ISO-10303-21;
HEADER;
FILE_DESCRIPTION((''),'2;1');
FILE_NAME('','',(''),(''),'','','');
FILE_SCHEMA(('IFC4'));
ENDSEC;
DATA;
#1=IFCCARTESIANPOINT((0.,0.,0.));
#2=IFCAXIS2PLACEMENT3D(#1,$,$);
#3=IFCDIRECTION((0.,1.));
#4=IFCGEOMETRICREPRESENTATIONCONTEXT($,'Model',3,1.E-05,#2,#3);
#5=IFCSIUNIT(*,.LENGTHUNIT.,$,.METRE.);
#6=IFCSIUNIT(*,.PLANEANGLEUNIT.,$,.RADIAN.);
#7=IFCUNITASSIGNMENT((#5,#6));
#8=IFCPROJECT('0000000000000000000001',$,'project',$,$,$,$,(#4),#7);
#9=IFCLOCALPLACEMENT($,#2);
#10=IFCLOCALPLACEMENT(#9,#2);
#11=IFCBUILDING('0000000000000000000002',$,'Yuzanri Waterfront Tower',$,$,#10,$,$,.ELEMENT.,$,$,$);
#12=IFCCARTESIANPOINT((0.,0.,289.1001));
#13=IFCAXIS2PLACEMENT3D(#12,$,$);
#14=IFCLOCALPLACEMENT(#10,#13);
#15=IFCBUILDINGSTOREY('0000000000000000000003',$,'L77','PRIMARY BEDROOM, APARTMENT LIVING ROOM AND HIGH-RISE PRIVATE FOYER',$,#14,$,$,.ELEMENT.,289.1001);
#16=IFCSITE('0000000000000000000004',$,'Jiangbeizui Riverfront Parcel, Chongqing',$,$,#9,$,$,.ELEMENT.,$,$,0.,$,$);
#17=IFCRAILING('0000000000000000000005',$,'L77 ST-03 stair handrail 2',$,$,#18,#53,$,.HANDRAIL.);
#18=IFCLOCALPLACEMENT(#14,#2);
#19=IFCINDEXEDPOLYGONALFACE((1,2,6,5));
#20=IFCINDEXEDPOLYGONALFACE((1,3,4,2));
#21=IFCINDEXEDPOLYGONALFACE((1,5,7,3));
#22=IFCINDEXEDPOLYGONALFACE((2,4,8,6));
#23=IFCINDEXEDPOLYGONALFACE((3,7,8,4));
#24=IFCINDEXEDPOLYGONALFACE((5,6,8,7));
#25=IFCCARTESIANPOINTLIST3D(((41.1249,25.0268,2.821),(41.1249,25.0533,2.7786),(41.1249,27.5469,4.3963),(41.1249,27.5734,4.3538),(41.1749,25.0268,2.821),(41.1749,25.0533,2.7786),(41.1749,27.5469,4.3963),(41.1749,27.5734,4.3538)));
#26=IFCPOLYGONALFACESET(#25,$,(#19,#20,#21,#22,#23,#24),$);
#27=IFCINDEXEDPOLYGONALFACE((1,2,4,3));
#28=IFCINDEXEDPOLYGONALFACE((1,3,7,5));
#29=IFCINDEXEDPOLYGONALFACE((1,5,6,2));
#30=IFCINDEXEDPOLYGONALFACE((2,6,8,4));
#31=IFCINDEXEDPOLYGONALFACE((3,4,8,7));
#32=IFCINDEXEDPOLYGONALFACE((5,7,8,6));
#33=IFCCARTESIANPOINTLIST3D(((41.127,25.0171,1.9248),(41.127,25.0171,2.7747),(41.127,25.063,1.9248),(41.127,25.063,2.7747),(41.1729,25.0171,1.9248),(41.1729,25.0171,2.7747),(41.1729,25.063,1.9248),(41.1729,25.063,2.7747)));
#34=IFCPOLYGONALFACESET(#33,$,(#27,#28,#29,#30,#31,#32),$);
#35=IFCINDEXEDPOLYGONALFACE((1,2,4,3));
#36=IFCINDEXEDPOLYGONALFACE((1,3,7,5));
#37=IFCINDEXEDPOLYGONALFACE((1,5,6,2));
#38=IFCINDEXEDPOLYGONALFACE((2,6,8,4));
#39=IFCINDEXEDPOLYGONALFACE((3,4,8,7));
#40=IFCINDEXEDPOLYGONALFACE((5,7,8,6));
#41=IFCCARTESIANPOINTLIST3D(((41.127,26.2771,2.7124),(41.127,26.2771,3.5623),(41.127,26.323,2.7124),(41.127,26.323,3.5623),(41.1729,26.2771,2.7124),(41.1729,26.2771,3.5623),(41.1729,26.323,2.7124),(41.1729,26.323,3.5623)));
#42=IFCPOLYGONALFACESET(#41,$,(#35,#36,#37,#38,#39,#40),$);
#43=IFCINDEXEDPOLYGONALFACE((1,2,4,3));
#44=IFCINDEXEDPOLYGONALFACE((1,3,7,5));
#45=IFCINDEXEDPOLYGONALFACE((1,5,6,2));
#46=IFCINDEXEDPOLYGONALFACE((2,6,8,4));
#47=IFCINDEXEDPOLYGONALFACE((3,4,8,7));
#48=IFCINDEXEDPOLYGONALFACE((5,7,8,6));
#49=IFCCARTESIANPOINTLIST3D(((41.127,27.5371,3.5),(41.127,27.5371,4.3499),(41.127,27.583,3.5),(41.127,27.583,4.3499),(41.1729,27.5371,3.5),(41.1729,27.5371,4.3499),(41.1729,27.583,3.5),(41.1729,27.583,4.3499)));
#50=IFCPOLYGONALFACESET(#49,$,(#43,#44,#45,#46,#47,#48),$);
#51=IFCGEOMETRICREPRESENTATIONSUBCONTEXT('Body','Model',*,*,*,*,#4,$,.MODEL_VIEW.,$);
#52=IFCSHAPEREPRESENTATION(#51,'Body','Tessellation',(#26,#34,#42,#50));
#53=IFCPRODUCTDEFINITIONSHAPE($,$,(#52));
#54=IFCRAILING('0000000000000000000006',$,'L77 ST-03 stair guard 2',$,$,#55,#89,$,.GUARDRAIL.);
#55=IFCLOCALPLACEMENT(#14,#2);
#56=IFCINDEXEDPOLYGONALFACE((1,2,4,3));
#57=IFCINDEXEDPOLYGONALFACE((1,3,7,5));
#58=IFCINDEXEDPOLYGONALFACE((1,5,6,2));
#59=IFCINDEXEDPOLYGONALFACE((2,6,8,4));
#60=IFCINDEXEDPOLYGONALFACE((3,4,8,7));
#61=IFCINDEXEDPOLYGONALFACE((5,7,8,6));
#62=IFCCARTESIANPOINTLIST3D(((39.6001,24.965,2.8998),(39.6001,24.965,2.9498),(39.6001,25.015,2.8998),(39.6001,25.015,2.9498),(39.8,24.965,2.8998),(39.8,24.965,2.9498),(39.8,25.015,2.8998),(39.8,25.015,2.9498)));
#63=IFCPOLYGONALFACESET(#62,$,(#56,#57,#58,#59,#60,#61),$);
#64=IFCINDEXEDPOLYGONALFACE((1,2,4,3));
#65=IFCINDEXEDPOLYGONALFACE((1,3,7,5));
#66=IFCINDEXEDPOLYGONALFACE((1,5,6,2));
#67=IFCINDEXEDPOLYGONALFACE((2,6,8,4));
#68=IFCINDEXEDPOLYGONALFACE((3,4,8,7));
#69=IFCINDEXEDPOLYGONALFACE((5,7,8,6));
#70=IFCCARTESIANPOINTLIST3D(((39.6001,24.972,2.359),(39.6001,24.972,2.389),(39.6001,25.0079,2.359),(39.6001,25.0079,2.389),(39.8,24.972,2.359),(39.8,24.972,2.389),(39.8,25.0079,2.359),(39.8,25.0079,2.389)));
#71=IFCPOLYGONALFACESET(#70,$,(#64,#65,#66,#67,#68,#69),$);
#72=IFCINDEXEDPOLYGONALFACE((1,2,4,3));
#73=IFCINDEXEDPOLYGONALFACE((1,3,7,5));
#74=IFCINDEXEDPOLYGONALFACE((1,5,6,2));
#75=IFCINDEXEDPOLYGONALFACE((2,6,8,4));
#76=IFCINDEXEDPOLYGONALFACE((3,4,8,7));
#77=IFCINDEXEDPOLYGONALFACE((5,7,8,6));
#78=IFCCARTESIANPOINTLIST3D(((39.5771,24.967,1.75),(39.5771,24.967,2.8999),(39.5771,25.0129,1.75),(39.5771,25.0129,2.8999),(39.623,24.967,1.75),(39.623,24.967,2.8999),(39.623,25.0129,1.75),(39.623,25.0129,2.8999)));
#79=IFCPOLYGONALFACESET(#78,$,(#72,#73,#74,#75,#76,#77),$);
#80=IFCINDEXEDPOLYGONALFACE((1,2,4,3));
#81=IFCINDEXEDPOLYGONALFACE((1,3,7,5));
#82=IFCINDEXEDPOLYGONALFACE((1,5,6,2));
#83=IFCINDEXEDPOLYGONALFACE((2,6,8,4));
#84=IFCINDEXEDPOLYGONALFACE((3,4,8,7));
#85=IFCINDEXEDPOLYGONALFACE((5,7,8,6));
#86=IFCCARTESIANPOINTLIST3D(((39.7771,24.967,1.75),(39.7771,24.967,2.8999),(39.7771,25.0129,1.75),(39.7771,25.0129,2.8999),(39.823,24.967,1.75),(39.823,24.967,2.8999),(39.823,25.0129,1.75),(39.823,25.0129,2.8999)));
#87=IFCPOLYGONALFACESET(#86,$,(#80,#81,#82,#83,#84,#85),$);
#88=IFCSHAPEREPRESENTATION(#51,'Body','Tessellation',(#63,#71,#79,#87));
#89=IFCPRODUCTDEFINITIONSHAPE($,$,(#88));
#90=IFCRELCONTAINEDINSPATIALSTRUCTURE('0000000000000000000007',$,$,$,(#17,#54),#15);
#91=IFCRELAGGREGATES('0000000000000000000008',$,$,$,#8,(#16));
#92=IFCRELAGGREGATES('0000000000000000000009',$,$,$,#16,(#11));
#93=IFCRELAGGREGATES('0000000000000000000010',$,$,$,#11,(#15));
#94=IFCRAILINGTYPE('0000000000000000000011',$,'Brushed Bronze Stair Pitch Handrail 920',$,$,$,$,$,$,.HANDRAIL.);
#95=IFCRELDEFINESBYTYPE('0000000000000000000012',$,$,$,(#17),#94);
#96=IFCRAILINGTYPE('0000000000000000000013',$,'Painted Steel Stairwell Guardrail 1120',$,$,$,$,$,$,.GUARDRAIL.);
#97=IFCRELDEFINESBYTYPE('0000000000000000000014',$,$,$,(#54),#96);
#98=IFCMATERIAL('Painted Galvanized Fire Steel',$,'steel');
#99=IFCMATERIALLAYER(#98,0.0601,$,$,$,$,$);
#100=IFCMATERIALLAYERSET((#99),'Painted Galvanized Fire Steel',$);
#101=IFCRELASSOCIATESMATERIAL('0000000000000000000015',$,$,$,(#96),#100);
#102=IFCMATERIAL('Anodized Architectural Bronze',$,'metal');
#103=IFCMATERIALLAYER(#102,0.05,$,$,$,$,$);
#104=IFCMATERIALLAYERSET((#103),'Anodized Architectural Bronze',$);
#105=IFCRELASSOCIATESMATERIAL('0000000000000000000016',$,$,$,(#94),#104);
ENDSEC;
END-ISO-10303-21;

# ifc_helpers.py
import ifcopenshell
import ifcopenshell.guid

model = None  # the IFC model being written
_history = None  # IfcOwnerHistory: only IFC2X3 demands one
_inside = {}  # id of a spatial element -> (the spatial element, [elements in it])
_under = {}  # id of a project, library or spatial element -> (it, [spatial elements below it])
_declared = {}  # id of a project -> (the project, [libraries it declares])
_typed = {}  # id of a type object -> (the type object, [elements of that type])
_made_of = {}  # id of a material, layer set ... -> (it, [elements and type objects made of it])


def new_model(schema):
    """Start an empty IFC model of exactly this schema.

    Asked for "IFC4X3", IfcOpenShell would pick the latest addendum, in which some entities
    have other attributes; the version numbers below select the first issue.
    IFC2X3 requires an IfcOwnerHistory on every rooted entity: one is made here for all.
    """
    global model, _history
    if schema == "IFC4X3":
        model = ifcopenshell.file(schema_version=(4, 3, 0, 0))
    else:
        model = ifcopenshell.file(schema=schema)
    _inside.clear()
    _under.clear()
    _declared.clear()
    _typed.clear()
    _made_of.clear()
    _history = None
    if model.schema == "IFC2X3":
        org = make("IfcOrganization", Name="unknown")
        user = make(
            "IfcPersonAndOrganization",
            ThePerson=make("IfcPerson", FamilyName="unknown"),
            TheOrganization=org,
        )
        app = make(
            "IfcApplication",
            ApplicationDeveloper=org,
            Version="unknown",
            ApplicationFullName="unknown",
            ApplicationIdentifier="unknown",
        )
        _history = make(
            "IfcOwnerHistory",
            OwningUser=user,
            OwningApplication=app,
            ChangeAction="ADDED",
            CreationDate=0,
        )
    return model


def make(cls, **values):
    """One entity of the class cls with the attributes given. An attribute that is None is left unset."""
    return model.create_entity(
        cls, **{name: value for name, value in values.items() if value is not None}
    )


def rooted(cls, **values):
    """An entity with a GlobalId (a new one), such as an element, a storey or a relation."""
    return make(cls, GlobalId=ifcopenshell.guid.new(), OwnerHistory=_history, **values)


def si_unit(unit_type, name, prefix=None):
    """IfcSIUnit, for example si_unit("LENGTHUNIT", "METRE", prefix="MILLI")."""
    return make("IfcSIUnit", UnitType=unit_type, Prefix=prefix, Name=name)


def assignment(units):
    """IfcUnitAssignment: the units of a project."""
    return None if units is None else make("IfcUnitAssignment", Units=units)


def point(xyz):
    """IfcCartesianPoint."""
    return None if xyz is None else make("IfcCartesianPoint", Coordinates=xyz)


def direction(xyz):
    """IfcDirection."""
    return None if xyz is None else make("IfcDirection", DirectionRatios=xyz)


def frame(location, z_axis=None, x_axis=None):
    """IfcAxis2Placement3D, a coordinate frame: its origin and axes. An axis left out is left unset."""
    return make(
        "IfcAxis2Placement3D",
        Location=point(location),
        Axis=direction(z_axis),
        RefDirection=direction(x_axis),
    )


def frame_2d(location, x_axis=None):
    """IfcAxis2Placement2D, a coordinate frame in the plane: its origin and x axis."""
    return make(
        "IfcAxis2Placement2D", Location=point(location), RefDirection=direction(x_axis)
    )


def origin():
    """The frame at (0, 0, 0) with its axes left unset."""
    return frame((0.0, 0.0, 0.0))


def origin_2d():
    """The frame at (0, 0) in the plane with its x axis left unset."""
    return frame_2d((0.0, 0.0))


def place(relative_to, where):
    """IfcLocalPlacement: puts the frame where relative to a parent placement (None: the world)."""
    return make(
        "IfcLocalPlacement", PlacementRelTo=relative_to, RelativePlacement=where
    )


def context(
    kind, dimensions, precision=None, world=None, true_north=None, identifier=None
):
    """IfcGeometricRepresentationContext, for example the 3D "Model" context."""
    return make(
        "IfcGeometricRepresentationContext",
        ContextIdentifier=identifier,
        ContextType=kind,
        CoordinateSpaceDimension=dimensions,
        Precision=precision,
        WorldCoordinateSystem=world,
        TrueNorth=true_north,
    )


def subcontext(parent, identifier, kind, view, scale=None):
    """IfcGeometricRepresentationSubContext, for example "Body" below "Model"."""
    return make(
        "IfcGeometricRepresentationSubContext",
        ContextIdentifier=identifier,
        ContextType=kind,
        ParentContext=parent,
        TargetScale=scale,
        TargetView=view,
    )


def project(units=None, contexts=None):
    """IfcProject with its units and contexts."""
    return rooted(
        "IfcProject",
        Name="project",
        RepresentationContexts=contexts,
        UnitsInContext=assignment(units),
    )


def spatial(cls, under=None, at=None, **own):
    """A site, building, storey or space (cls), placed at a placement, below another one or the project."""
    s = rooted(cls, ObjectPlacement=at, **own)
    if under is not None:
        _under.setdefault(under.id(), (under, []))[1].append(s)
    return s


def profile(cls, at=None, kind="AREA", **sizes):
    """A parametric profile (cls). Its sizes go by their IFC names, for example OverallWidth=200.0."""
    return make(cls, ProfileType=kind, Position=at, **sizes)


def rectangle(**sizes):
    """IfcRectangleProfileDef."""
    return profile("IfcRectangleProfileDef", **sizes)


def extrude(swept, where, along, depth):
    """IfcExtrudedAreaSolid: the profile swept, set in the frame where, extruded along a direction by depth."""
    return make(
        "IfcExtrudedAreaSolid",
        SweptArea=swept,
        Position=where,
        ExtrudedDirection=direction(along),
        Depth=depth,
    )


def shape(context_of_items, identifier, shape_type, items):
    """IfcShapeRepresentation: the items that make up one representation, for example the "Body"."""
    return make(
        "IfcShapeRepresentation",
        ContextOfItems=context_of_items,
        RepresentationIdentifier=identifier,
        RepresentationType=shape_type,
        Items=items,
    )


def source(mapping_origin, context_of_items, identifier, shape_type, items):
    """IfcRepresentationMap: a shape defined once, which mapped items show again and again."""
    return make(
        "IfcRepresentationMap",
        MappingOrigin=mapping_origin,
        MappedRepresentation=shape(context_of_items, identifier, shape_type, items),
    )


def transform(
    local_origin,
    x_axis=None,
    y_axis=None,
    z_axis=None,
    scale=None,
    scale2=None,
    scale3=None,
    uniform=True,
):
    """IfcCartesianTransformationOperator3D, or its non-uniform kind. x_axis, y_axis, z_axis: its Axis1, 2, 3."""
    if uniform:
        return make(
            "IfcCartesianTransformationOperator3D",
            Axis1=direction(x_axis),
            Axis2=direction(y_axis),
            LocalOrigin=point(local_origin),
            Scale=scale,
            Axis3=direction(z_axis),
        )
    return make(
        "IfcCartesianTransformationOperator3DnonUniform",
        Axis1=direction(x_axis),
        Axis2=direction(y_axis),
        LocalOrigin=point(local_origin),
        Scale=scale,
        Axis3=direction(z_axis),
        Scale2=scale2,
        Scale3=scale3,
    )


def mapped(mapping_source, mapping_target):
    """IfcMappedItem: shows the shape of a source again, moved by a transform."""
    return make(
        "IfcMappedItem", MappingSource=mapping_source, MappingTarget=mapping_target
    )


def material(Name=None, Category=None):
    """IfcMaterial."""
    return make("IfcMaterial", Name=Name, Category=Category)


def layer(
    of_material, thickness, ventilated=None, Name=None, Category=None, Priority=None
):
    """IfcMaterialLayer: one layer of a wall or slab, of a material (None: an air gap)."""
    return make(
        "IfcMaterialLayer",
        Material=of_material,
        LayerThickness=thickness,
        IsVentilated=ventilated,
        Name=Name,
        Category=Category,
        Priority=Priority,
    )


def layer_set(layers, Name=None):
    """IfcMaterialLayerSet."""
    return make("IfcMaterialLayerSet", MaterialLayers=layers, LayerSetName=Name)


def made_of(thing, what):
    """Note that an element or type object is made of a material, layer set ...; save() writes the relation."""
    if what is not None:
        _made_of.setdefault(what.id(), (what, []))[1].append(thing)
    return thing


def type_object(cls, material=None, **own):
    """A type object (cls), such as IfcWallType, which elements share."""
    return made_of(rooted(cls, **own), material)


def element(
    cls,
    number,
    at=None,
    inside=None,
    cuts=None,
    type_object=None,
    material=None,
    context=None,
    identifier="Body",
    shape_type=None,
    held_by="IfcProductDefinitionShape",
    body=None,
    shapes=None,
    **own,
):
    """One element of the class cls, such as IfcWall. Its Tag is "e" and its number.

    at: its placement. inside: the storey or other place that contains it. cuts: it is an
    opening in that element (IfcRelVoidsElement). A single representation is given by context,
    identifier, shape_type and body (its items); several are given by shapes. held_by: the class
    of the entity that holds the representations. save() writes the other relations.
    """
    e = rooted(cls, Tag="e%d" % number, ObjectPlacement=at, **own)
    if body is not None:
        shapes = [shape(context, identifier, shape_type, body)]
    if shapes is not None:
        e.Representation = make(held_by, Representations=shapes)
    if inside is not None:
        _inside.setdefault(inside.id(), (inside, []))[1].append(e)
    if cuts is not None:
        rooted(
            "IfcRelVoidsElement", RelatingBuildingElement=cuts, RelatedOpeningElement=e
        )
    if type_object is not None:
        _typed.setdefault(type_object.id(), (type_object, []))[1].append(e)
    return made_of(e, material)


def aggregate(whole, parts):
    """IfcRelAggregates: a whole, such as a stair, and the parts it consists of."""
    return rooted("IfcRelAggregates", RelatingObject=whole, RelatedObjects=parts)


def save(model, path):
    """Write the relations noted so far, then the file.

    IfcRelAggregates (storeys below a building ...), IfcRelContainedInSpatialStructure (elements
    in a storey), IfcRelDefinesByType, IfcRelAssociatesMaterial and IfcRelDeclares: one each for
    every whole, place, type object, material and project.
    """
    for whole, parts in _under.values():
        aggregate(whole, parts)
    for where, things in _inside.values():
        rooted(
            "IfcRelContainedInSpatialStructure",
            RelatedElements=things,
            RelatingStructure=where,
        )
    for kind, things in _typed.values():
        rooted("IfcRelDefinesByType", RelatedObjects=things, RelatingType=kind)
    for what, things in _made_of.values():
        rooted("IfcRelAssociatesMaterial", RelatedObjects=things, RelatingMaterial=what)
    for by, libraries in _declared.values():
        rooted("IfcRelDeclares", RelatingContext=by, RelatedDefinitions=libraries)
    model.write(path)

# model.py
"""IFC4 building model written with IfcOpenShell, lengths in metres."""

from ifc_helpers import new_model, si_unit, direction, frame, origin, origin_2d, place, context, subcontext, project, spatial, rectangle, extrude, source, transform, mapped, material, layer, layer_set, type_object, element, save


model = new_model("IFC4")

# Units and contexts
model_context = context("Model", 3, precision=1e-05, world=origin(), true_north=direction((0.0, 1.0)))
body_context = subcontext(model_context, "Body", "Model", "MODEL_VIEW")
ifc_project = project(units=[si_unit("LENGTHUNIT", "METRE"), si_unit("PLANEANGLEUNIT", "RADIAN")], contexts=[model_context])

# Site, building, storey
site_placement = place(None, origin())
site = spatial("IfcSite", under=ifc_project, at=site_placement, Name="Jiangbeizui Riverfront Parcel, Chongqing", CompositionType="ELEMENT", RefElevation=0.0)
building_placement = place(site_placement, origin())
building = spatial("IfcBuilding", under=site, at=building_placement, Name="Yuzanri Waterfront Tower", CompositionType="ELEMENT")
storey_placement = place(building_placement, frame((0.0, 0.0, 289.1001)))
storey = spatial("IfcBuildingStorey", under=building, at=storey_placement, Name="L77", Description="PRIMARY BEDROOM, APARTMENT LIVING ROOM AND HIGH-RISE PRIVATE FOYER", CompositionType="ELEMENT", Elevation=289.1001)

# Railings
ifc_material_1 = material(Name="Painted Galvanized Fire Steel", Category="steel")
ifc_layer_1 = layer(ifc_material_1, 0.0601)
ifc_layer_set_1 = layer_set([ifc_layer_1], Name="Painted Galvanized Fire Steel")
railing_type_1 = type_object("IfcRailingType", Name="Painted Steel Stairwell Guardrail 1120", PredefinedType="GUARDRAIL", material=ifc_layer_set_1)
ifc_material_2 = material(Name="Anodized Architectural Bronze", Category="metal")
ifc_layer_2 = layer(ifc_material_2, 0.05)
ifc_layer_set_2 = layer_set([ifc_layer_2], Name="Anodized Architectural Bronze")
railing_type_2 = type_object("IfcRailingType", Name="Brushed Bronze Stair Pitch Handrail 920", PredefinedType="HANDRAIL", material=ifc_layer_set_2)
shared_shape_1 = source(origin(), body_context, "Body", "SweptSolid", [
    extrude(rectangle(XDim=0.05, YDim=0.05, at=origin_2d()), frame((0.0, 0.0, 0.875), z_axis=(0.0, 0.847971, 0.530043), x_axis=(-1.0, 0.0, 0.0)), (0.0, 0.0, 1.0), 2.9719),
    extrude(rectangle(XDim=0.0459, YDim=0.0459, at=origin_2d()), origin(), (0.0, 0.0, 1.0), 0.8499),
    extrude(rectangle(XDim=0.0459, YDim=0.0459, at=origin_2d()), frame((0.0, 1.26, 0.7876)), (0.0, 0.0, 1.0), 0.8499),
    extrude(rectangle(XDim=0.0459, YDim=0.0459, at=origin_2d()), frame((0.0, 2.52, 1.5752)), (0.0, 0.0, 1.0), 0.8499),
])
railing_1_placement = place(storey_placement, frame((41.1499, 25.04, 1.9248)))
element("IfcRailing", 1, at=railing_1_placement, inside=storey, type_object=railing_type_2, Name="L77 ST-03 stair handrail 2", PredefinedType="HANDRAIL", context=body_context, shape_type="MappedRepresentation", body=[
    mapped(shared_shape_1, transform((0.0, 0.0, 0.0), scale=1.0)),
])
shared_shape_2 = source(origin(), body_context, "Body", "SweptSolid", [
    extrude(rectangle(XDim=0.05, YDim=0.05, at=origin_2d()), frame((0.0, 0.0, 1.1748), z_axis=(1.0, 0.0, 0.0), x_axis=(0.0, 1.0, 0.0)), (0.0, 0.0, 1.0), 0.2),
    extrude(rectangle(XDim=0.0359, YDim=0.03, at=origin_2d()), frame((0.0, 0.0, 0.624), z_axis=(1.0, 0.0, 0.0), x_axis=(0.0, 1.0, 0.0)), (0.0, 0.0, 1.0), 0.2),
    extrude(rectangle(XDim=0.0459, YDim=0.0459, at=origin_2d()), origin(), (0.0, 0.0, 1.0), 1.1499),
    extrude(rectangle(XDim=0.0459, YDim=0.0459, at=origin_2d()), frame((0.2, 0.0, 0.0)), (0.0, 0.0, 1.0), 1.1499),
])
railing_2_placement = place(storey_placement, frame((39.6001, 24.99, 1.75)))
element("IfcRailing", 2, at=railing_2_placement, inside=storey, type_object=railing_type_1, Name="L77 ST-03 stair guard 2", PredefinedType="GUARDRAIL", context=body_context, shape_type="MappedRepresentation", body=[
    mapped(shared_shape_2, transform((0.0, 0.0, 0.0), scale=1.0)),
])

save(model, "model.ifc")
